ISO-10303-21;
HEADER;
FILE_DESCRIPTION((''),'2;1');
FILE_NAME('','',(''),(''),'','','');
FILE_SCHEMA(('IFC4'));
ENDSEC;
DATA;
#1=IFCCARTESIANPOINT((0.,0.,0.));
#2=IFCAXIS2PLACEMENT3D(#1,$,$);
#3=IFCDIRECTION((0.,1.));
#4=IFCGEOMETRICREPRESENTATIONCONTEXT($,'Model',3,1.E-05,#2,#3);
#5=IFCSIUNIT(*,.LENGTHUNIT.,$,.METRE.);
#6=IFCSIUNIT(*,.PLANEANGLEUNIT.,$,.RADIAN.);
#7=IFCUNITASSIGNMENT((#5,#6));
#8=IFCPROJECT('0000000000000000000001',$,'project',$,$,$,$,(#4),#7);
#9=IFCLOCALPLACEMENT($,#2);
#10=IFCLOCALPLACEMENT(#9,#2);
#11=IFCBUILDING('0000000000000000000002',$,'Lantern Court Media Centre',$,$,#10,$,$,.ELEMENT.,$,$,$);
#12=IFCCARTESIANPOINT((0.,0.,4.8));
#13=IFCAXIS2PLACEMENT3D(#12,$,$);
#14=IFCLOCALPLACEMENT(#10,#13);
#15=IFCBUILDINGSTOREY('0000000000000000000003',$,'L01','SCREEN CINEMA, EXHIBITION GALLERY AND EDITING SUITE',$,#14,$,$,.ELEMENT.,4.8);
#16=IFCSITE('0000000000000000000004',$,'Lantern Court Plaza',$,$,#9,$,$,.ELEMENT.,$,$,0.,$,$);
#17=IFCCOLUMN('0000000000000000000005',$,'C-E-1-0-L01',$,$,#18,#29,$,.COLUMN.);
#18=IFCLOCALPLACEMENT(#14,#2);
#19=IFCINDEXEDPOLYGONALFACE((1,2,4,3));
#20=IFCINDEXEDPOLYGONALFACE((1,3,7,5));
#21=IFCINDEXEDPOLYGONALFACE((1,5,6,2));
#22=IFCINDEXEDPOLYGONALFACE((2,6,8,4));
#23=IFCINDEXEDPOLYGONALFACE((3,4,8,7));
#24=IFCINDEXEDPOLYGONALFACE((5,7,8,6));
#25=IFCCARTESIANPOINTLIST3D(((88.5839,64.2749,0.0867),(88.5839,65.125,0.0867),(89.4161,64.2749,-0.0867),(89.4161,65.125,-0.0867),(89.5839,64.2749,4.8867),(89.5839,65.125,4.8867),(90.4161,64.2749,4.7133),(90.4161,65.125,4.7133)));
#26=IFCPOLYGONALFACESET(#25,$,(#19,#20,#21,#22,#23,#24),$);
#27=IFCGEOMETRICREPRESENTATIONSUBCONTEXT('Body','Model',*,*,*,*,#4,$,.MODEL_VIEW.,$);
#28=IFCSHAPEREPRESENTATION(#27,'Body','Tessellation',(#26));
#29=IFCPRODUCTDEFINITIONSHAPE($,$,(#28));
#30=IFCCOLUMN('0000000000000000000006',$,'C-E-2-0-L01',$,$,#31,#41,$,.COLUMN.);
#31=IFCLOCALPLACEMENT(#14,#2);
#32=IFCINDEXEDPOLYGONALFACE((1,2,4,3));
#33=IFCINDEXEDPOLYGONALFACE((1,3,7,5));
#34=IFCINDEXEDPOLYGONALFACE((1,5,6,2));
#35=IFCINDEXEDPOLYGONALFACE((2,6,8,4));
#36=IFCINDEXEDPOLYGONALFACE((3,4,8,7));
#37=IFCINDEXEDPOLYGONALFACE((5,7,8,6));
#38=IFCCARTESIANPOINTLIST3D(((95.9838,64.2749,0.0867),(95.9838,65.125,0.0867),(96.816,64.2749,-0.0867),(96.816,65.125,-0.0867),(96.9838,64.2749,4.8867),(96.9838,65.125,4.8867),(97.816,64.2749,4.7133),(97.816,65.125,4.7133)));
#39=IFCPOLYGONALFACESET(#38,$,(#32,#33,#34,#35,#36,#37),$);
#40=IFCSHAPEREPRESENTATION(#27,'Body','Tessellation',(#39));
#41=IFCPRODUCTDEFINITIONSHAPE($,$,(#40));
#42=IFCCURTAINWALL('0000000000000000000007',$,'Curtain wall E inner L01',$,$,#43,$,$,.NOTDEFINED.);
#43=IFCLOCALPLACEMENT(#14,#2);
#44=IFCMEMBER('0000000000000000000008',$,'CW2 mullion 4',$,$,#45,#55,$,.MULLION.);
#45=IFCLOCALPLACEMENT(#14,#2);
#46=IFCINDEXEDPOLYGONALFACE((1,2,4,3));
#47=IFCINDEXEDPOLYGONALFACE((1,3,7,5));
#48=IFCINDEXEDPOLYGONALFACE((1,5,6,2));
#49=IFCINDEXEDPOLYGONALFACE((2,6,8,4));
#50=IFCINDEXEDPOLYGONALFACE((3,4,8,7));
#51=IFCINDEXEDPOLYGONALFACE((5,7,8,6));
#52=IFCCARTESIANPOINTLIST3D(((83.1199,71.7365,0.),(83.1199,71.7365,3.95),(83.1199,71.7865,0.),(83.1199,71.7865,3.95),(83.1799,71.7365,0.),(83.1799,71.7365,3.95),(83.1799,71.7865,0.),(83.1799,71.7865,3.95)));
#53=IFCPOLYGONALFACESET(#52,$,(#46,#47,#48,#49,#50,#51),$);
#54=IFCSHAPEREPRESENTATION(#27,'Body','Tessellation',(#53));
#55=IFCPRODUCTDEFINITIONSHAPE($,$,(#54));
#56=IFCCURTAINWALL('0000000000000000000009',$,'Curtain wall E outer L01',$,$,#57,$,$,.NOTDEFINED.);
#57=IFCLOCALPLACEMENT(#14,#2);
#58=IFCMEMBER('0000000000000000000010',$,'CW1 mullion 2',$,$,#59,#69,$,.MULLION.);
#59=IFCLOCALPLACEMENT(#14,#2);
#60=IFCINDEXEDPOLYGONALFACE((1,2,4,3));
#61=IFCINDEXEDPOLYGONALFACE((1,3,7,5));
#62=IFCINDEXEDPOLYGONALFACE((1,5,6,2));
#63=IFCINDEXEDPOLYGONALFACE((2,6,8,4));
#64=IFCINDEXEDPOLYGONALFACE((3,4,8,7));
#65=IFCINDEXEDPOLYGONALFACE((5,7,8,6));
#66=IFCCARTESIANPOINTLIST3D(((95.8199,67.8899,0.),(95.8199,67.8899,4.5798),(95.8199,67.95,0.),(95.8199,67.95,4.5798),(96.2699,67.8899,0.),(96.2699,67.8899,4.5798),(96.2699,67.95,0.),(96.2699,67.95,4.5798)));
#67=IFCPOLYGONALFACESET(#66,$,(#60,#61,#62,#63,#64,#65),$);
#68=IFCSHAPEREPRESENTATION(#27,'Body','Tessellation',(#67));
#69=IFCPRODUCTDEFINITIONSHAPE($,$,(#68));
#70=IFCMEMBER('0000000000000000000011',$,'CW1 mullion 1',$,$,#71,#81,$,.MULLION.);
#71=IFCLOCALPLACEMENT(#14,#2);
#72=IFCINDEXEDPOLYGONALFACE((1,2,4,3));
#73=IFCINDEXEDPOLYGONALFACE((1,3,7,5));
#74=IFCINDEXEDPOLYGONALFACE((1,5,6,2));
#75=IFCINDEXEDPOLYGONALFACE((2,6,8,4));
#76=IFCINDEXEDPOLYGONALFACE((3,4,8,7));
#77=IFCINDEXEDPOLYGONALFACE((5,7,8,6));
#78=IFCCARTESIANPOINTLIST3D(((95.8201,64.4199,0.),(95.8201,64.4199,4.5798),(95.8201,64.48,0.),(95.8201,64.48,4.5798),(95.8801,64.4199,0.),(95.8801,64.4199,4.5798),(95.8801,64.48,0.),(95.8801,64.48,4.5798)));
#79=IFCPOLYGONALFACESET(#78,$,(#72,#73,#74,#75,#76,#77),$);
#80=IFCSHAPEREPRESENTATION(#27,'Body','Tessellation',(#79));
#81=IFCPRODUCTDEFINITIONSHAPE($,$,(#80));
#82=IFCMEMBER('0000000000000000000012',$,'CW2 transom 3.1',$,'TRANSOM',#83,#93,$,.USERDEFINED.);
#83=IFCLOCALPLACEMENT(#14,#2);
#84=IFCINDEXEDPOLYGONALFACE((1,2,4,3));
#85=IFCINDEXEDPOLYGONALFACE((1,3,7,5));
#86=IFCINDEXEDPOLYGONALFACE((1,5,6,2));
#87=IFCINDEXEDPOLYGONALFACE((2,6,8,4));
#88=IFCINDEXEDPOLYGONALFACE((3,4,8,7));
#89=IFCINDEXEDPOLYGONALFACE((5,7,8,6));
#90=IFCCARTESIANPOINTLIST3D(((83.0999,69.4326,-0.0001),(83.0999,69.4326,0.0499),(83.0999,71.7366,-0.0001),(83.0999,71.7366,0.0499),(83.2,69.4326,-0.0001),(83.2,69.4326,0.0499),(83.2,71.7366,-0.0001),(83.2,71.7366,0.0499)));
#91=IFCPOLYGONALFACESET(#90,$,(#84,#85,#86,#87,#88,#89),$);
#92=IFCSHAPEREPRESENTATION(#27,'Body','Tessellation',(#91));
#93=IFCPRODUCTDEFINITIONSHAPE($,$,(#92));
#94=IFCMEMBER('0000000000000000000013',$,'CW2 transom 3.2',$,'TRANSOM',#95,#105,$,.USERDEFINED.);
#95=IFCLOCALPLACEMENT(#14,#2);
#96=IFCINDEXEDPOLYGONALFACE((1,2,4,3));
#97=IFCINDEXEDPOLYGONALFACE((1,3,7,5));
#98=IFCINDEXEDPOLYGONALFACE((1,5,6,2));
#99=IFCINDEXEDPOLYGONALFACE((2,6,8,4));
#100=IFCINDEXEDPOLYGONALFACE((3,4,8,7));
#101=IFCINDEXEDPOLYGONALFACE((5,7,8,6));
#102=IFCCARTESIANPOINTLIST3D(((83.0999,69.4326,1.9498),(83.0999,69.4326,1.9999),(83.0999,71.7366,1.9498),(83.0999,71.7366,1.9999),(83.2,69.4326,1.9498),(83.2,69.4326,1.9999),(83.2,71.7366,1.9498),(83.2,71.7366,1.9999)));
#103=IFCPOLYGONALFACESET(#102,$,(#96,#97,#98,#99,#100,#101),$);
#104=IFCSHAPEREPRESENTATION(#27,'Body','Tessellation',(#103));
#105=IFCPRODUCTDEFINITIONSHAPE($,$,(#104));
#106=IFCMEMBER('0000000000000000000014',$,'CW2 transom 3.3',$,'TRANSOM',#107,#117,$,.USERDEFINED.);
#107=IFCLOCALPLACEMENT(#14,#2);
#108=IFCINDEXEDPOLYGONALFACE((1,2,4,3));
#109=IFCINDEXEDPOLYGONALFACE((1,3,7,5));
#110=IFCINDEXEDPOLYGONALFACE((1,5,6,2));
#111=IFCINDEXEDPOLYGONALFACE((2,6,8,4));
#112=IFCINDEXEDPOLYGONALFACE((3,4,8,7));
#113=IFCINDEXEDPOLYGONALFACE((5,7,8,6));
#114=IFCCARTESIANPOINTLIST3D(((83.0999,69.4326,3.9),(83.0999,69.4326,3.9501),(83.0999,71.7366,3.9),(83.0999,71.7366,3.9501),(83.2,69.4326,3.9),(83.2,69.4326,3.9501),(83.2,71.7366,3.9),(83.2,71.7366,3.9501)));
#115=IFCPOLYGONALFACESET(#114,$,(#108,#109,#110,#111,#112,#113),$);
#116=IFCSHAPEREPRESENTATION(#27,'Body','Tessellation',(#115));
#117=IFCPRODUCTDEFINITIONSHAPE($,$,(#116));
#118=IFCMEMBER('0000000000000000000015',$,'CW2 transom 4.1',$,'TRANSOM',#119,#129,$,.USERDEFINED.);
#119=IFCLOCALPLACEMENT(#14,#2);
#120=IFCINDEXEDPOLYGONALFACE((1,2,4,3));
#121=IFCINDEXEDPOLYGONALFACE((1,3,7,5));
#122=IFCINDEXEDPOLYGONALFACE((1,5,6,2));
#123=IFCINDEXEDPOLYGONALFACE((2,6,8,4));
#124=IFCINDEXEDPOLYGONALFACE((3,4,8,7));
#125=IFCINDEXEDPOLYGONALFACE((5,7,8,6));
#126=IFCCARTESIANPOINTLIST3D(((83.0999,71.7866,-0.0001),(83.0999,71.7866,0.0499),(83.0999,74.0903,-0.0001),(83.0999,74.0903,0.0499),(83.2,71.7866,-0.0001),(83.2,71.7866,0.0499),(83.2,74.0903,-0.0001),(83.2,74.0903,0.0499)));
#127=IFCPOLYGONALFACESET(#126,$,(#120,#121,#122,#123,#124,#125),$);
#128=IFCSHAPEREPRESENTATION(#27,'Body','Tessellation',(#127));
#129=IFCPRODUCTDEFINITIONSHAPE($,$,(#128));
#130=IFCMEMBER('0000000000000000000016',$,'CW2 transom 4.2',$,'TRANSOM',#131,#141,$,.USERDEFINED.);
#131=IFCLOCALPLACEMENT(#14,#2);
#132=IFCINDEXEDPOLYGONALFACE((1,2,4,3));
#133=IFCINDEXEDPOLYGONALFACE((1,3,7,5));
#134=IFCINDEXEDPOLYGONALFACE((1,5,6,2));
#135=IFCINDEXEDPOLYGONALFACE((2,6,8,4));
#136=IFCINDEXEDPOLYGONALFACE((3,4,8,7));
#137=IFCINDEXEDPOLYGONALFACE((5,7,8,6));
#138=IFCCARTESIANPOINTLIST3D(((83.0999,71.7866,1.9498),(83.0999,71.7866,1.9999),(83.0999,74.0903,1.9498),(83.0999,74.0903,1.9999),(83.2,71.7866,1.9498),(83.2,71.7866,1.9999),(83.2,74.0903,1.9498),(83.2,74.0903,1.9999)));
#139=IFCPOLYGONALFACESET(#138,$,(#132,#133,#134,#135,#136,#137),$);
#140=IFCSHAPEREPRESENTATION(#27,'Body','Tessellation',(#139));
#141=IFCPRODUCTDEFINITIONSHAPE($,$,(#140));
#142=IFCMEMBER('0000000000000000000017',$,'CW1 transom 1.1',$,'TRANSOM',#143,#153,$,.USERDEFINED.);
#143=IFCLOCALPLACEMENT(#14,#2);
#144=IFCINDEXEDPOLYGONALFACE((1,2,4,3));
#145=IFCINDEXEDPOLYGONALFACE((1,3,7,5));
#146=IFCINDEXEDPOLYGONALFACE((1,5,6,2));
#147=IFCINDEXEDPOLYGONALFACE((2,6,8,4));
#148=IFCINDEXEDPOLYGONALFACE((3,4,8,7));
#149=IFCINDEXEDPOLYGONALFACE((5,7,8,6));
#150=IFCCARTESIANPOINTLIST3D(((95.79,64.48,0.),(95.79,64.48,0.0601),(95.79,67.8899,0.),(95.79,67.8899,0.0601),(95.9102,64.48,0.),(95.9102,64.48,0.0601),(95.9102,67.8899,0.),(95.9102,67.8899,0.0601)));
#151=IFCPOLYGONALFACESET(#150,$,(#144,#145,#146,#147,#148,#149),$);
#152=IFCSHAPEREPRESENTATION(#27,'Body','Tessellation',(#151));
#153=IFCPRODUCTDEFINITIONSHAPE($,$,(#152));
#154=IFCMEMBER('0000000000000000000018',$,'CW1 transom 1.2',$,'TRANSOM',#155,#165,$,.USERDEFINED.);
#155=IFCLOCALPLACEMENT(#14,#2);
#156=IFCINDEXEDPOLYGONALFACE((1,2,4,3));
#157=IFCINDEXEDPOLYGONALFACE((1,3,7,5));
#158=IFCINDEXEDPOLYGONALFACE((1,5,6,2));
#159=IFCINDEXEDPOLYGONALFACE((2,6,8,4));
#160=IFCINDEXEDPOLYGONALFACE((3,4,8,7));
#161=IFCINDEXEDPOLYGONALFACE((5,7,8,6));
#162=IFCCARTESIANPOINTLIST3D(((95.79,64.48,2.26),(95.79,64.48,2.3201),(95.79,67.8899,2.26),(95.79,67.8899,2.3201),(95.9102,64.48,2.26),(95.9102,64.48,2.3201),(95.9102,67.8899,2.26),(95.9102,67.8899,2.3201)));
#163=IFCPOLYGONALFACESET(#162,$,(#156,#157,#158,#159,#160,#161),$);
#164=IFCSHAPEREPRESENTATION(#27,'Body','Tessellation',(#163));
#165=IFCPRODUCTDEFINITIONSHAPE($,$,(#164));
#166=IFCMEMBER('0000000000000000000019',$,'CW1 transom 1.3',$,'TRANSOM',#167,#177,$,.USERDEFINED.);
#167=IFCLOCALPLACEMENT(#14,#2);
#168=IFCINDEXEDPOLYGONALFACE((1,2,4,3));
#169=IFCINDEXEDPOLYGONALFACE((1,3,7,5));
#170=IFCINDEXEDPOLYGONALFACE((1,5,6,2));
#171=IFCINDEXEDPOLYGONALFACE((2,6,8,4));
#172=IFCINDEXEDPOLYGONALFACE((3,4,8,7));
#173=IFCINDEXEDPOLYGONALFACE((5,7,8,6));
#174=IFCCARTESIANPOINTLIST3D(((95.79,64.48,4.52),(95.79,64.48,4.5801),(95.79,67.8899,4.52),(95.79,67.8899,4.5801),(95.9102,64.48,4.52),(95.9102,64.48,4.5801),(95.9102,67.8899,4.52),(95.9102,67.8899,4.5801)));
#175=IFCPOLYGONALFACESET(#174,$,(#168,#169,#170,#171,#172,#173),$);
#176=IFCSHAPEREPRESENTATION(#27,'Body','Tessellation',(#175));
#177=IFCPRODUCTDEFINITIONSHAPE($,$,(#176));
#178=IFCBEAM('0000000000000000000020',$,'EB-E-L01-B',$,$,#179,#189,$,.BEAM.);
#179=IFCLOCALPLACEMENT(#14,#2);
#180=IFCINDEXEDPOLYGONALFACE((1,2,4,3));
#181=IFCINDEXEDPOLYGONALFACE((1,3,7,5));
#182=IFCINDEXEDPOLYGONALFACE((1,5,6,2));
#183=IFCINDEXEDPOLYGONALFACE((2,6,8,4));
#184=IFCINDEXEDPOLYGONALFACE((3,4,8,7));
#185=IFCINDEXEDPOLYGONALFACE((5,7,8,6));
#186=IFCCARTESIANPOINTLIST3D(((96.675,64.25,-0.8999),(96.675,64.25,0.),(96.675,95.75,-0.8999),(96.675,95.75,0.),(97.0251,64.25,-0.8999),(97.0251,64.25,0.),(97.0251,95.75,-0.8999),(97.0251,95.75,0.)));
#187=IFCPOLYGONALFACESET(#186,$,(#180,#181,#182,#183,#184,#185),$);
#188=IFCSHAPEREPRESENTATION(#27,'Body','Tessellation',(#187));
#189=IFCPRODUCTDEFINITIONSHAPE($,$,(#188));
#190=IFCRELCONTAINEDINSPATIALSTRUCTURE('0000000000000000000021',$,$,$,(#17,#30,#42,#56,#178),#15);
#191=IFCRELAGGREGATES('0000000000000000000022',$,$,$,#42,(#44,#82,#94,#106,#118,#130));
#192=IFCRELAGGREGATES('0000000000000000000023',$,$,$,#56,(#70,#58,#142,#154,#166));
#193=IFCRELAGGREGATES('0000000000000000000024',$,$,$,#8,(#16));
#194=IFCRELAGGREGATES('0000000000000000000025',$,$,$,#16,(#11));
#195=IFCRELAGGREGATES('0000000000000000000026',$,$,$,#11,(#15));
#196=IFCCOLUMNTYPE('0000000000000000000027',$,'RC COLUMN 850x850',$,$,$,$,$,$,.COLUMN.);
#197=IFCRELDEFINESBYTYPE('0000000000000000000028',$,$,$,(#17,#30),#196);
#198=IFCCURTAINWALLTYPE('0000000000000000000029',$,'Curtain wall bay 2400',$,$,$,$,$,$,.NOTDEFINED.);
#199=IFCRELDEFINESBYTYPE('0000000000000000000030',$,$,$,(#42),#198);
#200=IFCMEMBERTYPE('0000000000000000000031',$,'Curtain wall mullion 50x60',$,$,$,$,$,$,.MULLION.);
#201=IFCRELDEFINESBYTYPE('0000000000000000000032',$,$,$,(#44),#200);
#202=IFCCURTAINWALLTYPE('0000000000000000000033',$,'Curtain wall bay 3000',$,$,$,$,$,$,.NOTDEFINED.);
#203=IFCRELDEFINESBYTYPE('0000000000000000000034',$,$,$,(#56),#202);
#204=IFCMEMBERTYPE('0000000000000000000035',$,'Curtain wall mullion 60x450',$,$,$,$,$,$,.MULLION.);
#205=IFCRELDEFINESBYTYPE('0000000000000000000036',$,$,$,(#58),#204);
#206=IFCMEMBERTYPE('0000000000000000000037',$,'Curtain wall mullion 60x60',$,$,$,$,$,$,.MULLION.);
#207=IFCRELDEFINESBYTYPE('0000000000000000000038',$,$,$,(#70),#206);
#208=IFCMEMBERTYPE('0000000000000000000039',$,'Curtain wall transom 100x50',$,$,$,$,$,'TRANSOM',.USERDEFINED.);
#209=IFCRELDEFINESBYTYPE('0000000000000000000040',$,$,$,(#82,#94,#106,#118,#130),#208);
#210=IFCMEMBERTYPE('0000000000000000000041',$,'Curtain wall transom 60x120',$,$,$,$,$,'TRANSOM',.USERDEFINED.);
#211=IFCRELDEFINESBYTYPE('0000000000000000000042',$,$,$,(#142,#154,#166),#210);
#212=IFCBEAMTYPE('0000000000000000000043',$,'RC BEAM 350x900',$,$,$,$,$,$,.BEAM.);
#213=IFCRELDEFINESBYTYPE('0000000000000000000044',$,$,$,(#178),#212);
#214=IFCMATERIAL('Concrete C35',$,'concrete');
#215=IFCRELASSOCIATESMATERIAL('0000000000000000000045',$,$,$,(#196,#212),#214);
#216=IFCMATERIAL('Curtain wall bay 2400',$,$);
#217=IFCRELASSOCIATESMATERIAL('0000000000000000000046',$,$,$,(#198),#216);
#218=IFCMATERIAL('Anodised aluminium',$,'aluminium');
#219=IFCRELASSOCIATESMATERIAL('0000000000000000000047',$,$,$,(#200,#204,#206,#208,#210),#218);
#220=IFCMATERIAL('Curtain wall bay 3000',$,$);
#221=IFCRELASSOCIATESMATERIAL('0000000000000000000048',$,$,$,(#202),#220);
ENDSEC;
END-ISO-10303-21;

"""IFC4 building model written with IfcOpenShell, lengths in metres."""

from ifc_helpers import new_model, si_unit, direction, frame, origin, origin_2d, place, context, subcontext, project, spatial, rectangle, extrude, material, material_profile, profile_set, type_object, element, aggregate, save


model = new_model("IFC4")

# Units and contexts
model_context = context("Model", 3, precision=1e-05, world=origin(), true_north=direction((0.0, 1.0)))
body_context = subcontext(model_context, "Body", "Model", "MODEL_VIEW")
ifc_project = project(units=[si_unit("LENGTHUNIT", "METRE"), si_unit("PLANEANGLEUNIT", "RADIAN")], contexts=[model_context])

# Site, building, storey
site_placement = place(None, origin())
site = spatial("IfcSite", under=ifc_project, at=site_placement, Name="Lantern Court Plaza", CompositionType="ELEMENT", RefElevation=0.0)
building_placement = place(site_placement, origin())
building = spatial("IfcBuilding", under=site, at=building_placement, Name="Lantern Court Media Centre", CompositionType="ELEMENT")
storey_placement = place(building_placement, frame((0.0, 0.0, 4.8)))
storey = spatial("IfcBuildingStorey", under=building, at=storey_placement, Name="L01", Description="SCREEN CINEMA, EXHIBITION GALLERY AND EDITING SUITE", CompositionType="ELEMENT", Elevation=4.8)

# Columns
ifc_material_1 = material(Name="Concrete C35", Category="concrete")
ifc_material_profile_1 = material_profile(ifc_material_1, rectangle(XDim=0.8501, YDim=0.8501, at=origin_2d()), Name="RC 850x850")
ifc_profile_set_1 = profile_set([ifc_material_profile_1], Name="Concrete C35")
column_type = type_object("IfcColumnType", Name="RC COLUMN 850x850", PredefinedType="COLUMN", material=ifc_profile_set_1)
for number, where, z_axis, x_axis, name in (
    (1, (89.0, 64.7, 0.0), (0.203952, 0.0, 0.978981), (0.0, 1.0, 0.0), "C-E-1-0-L01"),
    (2, (96.3999, 64.7, 0.0), (0.203952, 0.0, 0.978981), (0.0, 1.0, 0.0), "C-E-2-0-L01"),
):
    element("IfcColumn", number, at=place(storey_placement, frame(where, z_axis=z_axis, x_axis=x_axis)), inside=storey, type_object=column_type, Name=name, PredefinedType="COLUMN", context=body_context, shape_type="SweptSolid", body=[
        extrude(rectangle(XDim=0.8501, YDim=0.8501, at=origin_2d()), origin(), (0.0, 0.0, 1.0), 4.9031),
    ])

# Curtain wall, member
ifc_material_2 = material(Name="Curtain wall bay 2400")
curtain_wall_type_1 = type_object("IfcCurtainWallType", Name="Curtain wall bay 2400", PredefinedType="NOTDEFINED", material=ifc_material_2)
curtain_wall_1_placement = place(storey_placement, origin())
curtain_wall_1 = element("IfcCurtainWall", 3, at=curtain_wall_1_placement, inside=storey, type_object=curtain_wall_type_1, Name="Curtain wall E inner L01", PredefinedType="NOTDEFINED")
ifc_material_3 = material(Name="Anodised aluminium", Category="aluminium")
ifc_material_profile_2 = material_profile(ifc_material_3, rectangle(XDim=0.0601, YDim=0.05, at=origin_2d()), Name="AL 50x60")
ifc_profile_set_2 = profile_set([ifc_material_profile_2], Name="Anodised aluminium")
member_type_1 = type_object("IfcMemberType", Name="Curtain wall mullion 50x60", PredefinedType="MULLION", material=ifc_profile_set_2)
member_1_placement = place(storey_placement, frame((83.1499, 71.7615, 0.0), z_axis=(0.0, 0.0, 1.0), x_axis=(-1.0, 0.0, 0.0)))
member_1 = element("IfcMember", 4, at=member_1_placement, type_object=member_type_1, Name="CW2 mullion 4", PredefinedType="MULLION", context=body_context, shape_type="SweptSolid", body=[
    extrude(rectangle(XDim=0.0601, YDim=0.05, at=origin_2d()), origin(), (0.0, 0.0, 1.0), 3.95),
])

# Curtain wall, members
ifc_material_4 = material(Name="Curtain wall bay 3000")
curtain_wall_type_2 = type_object("IfcCurtainWallType", Name="Curtain wall bay 3000", PredefinedType="NOTDEFINED", material=ifc_material_4)
curtain_wall_2_placement = place(storey_placement, origin())
curtain_wall_2 = element("IfcCurtainWall", 5, at=curtain_wall_2_placement, inside=storey, type_object=curtain_wall_type_2, Name="Curtain wall E outer L01", PredefinedType="NOTDEFINED")
ifc_material_profile_3 = material_profile(ifc_material_3, rectangle(XDim=0.45, YDim=0.0601, at=origin_2d()), Name="AL 60x450")
ifc_profile_set_3 = profile_set([ifc_material_profile_3], Name="Anodised aluminium")
member_type_2 = type_object("IfcMemberType", Name="Curtain wall mullion 60x450", PredefinedType="MULLION", material=ifc_profile_set_3)
member_2_placement = place(storey_placement, frame((96.0449, 67.9199, 0.0), z_axis=(0.0, 0.0, 1.0), x_axis=(-1.0, 0.0, 0.0)))
member_2 = element("IfcMember", 6, at=member_2_placement, type_object=member_type_2, Name="CW1 mullion 2", PredefinedType="MULLION", context=body_context, shape_type="SweptSolid", body=[
    extrude(rectangle(XDim=0.45, YDim=0.0601, at=origin_2d()), origin(), (0.0, 0.0, 1.0), 4.5798),
])
ifc_material_profile_4 = material_profile(ifc_material_3, rectangle(XDim=0.0601, YDim=0.0601, at=origin_2d()), Name="AL 60x60")
ifc_profile_set_4 = profile_set([ifc_material_profile_4], Name="Anodised aluminium")
member_type_3 = type_object("IfcMemberType", Name="Curtain wall mullion 60x60", PredefinedType="MULLION", material=ifc_profile_set_4)
member_3_placement = place(storey_placement, frame((95.8501, 64.45, 0.0), z_axis=(0.0, 0.0, 1.0), x_axis=(-1.0, 0.0, 0.0)))
member_3 = element("IfcMember", 7, at=member_3_placement, type_object=member_type_3, Name="CW1 mullion 1", PredefinedType="MULLION", context=body_context, shape_type="SweptSolid", body=[
    extrude(rectangle(XDim=0.0601, YDim=0.0601, at=origin_2d()), origin(), (0.0, 0.0, 1.0), 4.5798),
])

# Members
ifc_material_profile_5 = material_profile(ifc_material_3, rectangle(XDim=0.1001, YDim=0.05, at=origin_2d()), Name="AL 50x100")
ifc_profile_set_5 = profile_set([ifc_material_profile_5], Name="Anodised aluminium")
member_type_4 = type_object("IfcMemberType", Name="Curtain wall transom 100x50", ElementType="TRANSOM", PredefinedType="USERDEFINED", material=ifc_profile_set_5)
member_4_placement = place(storey_placement, frame((83.1499, 69.4326, 0.0249), z_axis=(0.0, 1.0, 0.0), x_axis=(-1.0, 0.0, 0.0)))
member_4 = element("IfcMember", 8, at=member_4_placement, type_object=member_type_4, Name="CW2 transom 3.1", ObjectType="TRANSOM", PredefinedType="USERDEFINED", context=body_context, shape_type="SweptSolid", body=[
    extrude(rectangle(XDim=0.1001, YDim=0.05, at=origin_2d()), origin(), (0.0, 0.0, 1.0), 2.304),
])
member_5_placement = place(storey_placement, frame((83.1499, 69.4326, 1.9749), z_axis=(0.0, 1.0, 0.0), x_axis=(-1.0, 0.0, 0.0)))
member_5 = element("IfcMember", 9, at=member_5_placement, type_object=member_type_4, Name="CW2 transom 3.2", ObjectType="TRANSOM", PredefinedType="USERDEFINED", context=body_context, shape_type="SweptSolid", body=[
    extrude(rectangle(XDim=0.1001, YDim=0.05, at=origin_2d()), origin(), (0.0, 0.0, 1.0), 2.304),
])
member_6_placement = place(storey_placement, frame((83.1499, 69.4326, 3.925), z_axis=(0.0, 1.0, 0.0), x_axis=(-1.0, 0.0, 0.0)))
member_6 = element("IfcMember", 10, at=member_6_placement, type_object=member_type_4, Name="CW2 transom 3.3", ObjectType="TRANSOM", PredefinedType="USERDEFINED", context=body_context, shape_type="SweptSolid", body=[
    extrude(rectangle(XDim=0.1001, YDim=0.05, at=origin_2d()), origin(), (0.0, 0.0, 1.0), 2.304),
])
member_7_placement = place(storey_placement, frame((83.1499, 71.7866, 0.0249), z_axis=(0.0, 1.0, 0.0), x_axis=(-1.0, 0.0, 0.0)))
member_7 = element("IfcMember", 11, at=member_7_placement, type_object=member_type_4, Name="CW2 transom 4.1", ObjectType="TRANSOM", PredefinedType="USERDEFINED", context=body_context, shape_type="SweptSolid", body=[
    extrude(rectangle(XDim=0.1001, YDim=0.05, at=origin_2d()), origin(), (0.0, 0.0, 1.0), 2.3037),
])
member_8_placement = place(storey_placement, frame((83.1499, 71.7866, 1.9749), z_axis=(0.0, 1.0, 0.0), x_axis=(-1.0, 0.0, 0.0)))
member_8 = element("IfcMember", 12, at=member_8_placement, type_object=member_type_4, Name="CW2 transom 4.2", ObjectType="TRANSOM", PredefinedType="USERDEFINED", context=body_context, shape_type="SweptSolid", body=[
    extrude(rectangle(XDim=0.1001, YDim=0.05, at=origin_2d()), origin(), (0.0, 0.0, 1.0), 2.3037),
])
ifc_material_profile_6 = material_profile(ifc_material_3, rectangle(XDim=0.1201, YDim=0.0601, at=origin_2d()), Name="AL 60x120")
ifc_profile_set_6 = profile_set([ifc_material_profile_6], Name="Anodised aluminium")
member_type_5 = type_object("IfcMemberType", Name="Curtain wall transom 60x120", ElementType="TRANSOM", PredefinedType="USERDEFINED", material=ifc_profile_set_6)
member_9_placement = place(storey_placement, frame((95.8501, 64.48, 0.03), z_axis=(0.0, 1.0, 0.0), x_axis=(-1.0, 0.0, 0.0)))
member_9 = element("IfcMember", 13, at=member_9_placement, type_object=member_type_5, Name="CW1 transom 1.1", ObjectType="TRANSOM", PredefinedType="USERDEFINED", context=body_context, shape_type="SweptSolid", body=[
    extrude(rectangle(XDim=0.1201, YDim=0.0601, at=origin_2d()), origin(), (0.0, 0.0, 1.0), 3.4099),
])
member_10_placement = place(storey_placement, frame((95.8501, 64.48, 2.29), z_axis=(0.0, 1.0, 0.0), x_axis=(-1.0, 0.0, 0.0)))
member_10 = element("IfcMember", 14, at=member_10_placement, type_object=member_type_5, Name="CW1 transom 1.2", ObjectType="TRANSOM", PredefinedType="USERDEFINED", context=body_context, shape_type="SweptSolid", body=[
    extrude(rectangle(XDim=0.1201, YDim=0.0601, at=origin_2d()), origin(), (0.0, 0.0, 1.0), 3.4099),
])
member_11_placement = place(storey_placement, frame((95.8501, 64.48, 4.55), z_axis=(0.0, 1.0, 0.0), x_axis=(-1.0, 0.0, 0.0)))
member_11 = element("IfcMember", 15, at=member_11_placement, type_object=member_type_5, Name="CW1 transom 1.3", ObjectType="TRANSOM", PredefinedType="USERDEFINED", context=body_context, shape_type="SweptSolid", body=[
    extrude(rectangle(XDim=0.1201, YDim=0.0601, at=origin_2d()), origin(), (0.0, 0.0, 1.0), 3.4099),
])

# Beam
ifc_material_profile_7 = material_profile(ifc_material_1, rectangle(XDim=0.3501, YDim=0.8999, at=origin_2d()), Name="RC 350x900")
ifc_profile_set_7 = profile_set([ifc_material_profile_7], Name="Concrete C35")
beam_type_1 = type_object("IfcBeamType", Name="RC BEAM 350x900", PredefinedType="BEAM", material=ifc_profile_set_7)
beam_1_placement = place(storey_placement, frame((96.8501, 64.25, -0.45), z_axis=(0.0, 1.0, 0.0), x_axis=(-1.0, 0.0, 0.0)))
element("IfcBeam", 16, at=beam_1_placement, inside=storey, type_object=beam_type_1, Name="EB-E-L01-B", PredefinedType="BEAM", context=body_context, shape_type="SweptSolid", body=[
    extrude(rectangle(XDim=0.3501, YDim=0.8999, at=origin_2d()), origin(), (0.0, 0.0, 1.0), 31.5),
])

aggregate(curtain_wall_1, [member_1, member_4, member_5, member_6, member_7, member_8])
aggregate(curtain_wall_2, [member_3, member_2, member_9, member_10, member_11])

save(model, "model.ifc")
